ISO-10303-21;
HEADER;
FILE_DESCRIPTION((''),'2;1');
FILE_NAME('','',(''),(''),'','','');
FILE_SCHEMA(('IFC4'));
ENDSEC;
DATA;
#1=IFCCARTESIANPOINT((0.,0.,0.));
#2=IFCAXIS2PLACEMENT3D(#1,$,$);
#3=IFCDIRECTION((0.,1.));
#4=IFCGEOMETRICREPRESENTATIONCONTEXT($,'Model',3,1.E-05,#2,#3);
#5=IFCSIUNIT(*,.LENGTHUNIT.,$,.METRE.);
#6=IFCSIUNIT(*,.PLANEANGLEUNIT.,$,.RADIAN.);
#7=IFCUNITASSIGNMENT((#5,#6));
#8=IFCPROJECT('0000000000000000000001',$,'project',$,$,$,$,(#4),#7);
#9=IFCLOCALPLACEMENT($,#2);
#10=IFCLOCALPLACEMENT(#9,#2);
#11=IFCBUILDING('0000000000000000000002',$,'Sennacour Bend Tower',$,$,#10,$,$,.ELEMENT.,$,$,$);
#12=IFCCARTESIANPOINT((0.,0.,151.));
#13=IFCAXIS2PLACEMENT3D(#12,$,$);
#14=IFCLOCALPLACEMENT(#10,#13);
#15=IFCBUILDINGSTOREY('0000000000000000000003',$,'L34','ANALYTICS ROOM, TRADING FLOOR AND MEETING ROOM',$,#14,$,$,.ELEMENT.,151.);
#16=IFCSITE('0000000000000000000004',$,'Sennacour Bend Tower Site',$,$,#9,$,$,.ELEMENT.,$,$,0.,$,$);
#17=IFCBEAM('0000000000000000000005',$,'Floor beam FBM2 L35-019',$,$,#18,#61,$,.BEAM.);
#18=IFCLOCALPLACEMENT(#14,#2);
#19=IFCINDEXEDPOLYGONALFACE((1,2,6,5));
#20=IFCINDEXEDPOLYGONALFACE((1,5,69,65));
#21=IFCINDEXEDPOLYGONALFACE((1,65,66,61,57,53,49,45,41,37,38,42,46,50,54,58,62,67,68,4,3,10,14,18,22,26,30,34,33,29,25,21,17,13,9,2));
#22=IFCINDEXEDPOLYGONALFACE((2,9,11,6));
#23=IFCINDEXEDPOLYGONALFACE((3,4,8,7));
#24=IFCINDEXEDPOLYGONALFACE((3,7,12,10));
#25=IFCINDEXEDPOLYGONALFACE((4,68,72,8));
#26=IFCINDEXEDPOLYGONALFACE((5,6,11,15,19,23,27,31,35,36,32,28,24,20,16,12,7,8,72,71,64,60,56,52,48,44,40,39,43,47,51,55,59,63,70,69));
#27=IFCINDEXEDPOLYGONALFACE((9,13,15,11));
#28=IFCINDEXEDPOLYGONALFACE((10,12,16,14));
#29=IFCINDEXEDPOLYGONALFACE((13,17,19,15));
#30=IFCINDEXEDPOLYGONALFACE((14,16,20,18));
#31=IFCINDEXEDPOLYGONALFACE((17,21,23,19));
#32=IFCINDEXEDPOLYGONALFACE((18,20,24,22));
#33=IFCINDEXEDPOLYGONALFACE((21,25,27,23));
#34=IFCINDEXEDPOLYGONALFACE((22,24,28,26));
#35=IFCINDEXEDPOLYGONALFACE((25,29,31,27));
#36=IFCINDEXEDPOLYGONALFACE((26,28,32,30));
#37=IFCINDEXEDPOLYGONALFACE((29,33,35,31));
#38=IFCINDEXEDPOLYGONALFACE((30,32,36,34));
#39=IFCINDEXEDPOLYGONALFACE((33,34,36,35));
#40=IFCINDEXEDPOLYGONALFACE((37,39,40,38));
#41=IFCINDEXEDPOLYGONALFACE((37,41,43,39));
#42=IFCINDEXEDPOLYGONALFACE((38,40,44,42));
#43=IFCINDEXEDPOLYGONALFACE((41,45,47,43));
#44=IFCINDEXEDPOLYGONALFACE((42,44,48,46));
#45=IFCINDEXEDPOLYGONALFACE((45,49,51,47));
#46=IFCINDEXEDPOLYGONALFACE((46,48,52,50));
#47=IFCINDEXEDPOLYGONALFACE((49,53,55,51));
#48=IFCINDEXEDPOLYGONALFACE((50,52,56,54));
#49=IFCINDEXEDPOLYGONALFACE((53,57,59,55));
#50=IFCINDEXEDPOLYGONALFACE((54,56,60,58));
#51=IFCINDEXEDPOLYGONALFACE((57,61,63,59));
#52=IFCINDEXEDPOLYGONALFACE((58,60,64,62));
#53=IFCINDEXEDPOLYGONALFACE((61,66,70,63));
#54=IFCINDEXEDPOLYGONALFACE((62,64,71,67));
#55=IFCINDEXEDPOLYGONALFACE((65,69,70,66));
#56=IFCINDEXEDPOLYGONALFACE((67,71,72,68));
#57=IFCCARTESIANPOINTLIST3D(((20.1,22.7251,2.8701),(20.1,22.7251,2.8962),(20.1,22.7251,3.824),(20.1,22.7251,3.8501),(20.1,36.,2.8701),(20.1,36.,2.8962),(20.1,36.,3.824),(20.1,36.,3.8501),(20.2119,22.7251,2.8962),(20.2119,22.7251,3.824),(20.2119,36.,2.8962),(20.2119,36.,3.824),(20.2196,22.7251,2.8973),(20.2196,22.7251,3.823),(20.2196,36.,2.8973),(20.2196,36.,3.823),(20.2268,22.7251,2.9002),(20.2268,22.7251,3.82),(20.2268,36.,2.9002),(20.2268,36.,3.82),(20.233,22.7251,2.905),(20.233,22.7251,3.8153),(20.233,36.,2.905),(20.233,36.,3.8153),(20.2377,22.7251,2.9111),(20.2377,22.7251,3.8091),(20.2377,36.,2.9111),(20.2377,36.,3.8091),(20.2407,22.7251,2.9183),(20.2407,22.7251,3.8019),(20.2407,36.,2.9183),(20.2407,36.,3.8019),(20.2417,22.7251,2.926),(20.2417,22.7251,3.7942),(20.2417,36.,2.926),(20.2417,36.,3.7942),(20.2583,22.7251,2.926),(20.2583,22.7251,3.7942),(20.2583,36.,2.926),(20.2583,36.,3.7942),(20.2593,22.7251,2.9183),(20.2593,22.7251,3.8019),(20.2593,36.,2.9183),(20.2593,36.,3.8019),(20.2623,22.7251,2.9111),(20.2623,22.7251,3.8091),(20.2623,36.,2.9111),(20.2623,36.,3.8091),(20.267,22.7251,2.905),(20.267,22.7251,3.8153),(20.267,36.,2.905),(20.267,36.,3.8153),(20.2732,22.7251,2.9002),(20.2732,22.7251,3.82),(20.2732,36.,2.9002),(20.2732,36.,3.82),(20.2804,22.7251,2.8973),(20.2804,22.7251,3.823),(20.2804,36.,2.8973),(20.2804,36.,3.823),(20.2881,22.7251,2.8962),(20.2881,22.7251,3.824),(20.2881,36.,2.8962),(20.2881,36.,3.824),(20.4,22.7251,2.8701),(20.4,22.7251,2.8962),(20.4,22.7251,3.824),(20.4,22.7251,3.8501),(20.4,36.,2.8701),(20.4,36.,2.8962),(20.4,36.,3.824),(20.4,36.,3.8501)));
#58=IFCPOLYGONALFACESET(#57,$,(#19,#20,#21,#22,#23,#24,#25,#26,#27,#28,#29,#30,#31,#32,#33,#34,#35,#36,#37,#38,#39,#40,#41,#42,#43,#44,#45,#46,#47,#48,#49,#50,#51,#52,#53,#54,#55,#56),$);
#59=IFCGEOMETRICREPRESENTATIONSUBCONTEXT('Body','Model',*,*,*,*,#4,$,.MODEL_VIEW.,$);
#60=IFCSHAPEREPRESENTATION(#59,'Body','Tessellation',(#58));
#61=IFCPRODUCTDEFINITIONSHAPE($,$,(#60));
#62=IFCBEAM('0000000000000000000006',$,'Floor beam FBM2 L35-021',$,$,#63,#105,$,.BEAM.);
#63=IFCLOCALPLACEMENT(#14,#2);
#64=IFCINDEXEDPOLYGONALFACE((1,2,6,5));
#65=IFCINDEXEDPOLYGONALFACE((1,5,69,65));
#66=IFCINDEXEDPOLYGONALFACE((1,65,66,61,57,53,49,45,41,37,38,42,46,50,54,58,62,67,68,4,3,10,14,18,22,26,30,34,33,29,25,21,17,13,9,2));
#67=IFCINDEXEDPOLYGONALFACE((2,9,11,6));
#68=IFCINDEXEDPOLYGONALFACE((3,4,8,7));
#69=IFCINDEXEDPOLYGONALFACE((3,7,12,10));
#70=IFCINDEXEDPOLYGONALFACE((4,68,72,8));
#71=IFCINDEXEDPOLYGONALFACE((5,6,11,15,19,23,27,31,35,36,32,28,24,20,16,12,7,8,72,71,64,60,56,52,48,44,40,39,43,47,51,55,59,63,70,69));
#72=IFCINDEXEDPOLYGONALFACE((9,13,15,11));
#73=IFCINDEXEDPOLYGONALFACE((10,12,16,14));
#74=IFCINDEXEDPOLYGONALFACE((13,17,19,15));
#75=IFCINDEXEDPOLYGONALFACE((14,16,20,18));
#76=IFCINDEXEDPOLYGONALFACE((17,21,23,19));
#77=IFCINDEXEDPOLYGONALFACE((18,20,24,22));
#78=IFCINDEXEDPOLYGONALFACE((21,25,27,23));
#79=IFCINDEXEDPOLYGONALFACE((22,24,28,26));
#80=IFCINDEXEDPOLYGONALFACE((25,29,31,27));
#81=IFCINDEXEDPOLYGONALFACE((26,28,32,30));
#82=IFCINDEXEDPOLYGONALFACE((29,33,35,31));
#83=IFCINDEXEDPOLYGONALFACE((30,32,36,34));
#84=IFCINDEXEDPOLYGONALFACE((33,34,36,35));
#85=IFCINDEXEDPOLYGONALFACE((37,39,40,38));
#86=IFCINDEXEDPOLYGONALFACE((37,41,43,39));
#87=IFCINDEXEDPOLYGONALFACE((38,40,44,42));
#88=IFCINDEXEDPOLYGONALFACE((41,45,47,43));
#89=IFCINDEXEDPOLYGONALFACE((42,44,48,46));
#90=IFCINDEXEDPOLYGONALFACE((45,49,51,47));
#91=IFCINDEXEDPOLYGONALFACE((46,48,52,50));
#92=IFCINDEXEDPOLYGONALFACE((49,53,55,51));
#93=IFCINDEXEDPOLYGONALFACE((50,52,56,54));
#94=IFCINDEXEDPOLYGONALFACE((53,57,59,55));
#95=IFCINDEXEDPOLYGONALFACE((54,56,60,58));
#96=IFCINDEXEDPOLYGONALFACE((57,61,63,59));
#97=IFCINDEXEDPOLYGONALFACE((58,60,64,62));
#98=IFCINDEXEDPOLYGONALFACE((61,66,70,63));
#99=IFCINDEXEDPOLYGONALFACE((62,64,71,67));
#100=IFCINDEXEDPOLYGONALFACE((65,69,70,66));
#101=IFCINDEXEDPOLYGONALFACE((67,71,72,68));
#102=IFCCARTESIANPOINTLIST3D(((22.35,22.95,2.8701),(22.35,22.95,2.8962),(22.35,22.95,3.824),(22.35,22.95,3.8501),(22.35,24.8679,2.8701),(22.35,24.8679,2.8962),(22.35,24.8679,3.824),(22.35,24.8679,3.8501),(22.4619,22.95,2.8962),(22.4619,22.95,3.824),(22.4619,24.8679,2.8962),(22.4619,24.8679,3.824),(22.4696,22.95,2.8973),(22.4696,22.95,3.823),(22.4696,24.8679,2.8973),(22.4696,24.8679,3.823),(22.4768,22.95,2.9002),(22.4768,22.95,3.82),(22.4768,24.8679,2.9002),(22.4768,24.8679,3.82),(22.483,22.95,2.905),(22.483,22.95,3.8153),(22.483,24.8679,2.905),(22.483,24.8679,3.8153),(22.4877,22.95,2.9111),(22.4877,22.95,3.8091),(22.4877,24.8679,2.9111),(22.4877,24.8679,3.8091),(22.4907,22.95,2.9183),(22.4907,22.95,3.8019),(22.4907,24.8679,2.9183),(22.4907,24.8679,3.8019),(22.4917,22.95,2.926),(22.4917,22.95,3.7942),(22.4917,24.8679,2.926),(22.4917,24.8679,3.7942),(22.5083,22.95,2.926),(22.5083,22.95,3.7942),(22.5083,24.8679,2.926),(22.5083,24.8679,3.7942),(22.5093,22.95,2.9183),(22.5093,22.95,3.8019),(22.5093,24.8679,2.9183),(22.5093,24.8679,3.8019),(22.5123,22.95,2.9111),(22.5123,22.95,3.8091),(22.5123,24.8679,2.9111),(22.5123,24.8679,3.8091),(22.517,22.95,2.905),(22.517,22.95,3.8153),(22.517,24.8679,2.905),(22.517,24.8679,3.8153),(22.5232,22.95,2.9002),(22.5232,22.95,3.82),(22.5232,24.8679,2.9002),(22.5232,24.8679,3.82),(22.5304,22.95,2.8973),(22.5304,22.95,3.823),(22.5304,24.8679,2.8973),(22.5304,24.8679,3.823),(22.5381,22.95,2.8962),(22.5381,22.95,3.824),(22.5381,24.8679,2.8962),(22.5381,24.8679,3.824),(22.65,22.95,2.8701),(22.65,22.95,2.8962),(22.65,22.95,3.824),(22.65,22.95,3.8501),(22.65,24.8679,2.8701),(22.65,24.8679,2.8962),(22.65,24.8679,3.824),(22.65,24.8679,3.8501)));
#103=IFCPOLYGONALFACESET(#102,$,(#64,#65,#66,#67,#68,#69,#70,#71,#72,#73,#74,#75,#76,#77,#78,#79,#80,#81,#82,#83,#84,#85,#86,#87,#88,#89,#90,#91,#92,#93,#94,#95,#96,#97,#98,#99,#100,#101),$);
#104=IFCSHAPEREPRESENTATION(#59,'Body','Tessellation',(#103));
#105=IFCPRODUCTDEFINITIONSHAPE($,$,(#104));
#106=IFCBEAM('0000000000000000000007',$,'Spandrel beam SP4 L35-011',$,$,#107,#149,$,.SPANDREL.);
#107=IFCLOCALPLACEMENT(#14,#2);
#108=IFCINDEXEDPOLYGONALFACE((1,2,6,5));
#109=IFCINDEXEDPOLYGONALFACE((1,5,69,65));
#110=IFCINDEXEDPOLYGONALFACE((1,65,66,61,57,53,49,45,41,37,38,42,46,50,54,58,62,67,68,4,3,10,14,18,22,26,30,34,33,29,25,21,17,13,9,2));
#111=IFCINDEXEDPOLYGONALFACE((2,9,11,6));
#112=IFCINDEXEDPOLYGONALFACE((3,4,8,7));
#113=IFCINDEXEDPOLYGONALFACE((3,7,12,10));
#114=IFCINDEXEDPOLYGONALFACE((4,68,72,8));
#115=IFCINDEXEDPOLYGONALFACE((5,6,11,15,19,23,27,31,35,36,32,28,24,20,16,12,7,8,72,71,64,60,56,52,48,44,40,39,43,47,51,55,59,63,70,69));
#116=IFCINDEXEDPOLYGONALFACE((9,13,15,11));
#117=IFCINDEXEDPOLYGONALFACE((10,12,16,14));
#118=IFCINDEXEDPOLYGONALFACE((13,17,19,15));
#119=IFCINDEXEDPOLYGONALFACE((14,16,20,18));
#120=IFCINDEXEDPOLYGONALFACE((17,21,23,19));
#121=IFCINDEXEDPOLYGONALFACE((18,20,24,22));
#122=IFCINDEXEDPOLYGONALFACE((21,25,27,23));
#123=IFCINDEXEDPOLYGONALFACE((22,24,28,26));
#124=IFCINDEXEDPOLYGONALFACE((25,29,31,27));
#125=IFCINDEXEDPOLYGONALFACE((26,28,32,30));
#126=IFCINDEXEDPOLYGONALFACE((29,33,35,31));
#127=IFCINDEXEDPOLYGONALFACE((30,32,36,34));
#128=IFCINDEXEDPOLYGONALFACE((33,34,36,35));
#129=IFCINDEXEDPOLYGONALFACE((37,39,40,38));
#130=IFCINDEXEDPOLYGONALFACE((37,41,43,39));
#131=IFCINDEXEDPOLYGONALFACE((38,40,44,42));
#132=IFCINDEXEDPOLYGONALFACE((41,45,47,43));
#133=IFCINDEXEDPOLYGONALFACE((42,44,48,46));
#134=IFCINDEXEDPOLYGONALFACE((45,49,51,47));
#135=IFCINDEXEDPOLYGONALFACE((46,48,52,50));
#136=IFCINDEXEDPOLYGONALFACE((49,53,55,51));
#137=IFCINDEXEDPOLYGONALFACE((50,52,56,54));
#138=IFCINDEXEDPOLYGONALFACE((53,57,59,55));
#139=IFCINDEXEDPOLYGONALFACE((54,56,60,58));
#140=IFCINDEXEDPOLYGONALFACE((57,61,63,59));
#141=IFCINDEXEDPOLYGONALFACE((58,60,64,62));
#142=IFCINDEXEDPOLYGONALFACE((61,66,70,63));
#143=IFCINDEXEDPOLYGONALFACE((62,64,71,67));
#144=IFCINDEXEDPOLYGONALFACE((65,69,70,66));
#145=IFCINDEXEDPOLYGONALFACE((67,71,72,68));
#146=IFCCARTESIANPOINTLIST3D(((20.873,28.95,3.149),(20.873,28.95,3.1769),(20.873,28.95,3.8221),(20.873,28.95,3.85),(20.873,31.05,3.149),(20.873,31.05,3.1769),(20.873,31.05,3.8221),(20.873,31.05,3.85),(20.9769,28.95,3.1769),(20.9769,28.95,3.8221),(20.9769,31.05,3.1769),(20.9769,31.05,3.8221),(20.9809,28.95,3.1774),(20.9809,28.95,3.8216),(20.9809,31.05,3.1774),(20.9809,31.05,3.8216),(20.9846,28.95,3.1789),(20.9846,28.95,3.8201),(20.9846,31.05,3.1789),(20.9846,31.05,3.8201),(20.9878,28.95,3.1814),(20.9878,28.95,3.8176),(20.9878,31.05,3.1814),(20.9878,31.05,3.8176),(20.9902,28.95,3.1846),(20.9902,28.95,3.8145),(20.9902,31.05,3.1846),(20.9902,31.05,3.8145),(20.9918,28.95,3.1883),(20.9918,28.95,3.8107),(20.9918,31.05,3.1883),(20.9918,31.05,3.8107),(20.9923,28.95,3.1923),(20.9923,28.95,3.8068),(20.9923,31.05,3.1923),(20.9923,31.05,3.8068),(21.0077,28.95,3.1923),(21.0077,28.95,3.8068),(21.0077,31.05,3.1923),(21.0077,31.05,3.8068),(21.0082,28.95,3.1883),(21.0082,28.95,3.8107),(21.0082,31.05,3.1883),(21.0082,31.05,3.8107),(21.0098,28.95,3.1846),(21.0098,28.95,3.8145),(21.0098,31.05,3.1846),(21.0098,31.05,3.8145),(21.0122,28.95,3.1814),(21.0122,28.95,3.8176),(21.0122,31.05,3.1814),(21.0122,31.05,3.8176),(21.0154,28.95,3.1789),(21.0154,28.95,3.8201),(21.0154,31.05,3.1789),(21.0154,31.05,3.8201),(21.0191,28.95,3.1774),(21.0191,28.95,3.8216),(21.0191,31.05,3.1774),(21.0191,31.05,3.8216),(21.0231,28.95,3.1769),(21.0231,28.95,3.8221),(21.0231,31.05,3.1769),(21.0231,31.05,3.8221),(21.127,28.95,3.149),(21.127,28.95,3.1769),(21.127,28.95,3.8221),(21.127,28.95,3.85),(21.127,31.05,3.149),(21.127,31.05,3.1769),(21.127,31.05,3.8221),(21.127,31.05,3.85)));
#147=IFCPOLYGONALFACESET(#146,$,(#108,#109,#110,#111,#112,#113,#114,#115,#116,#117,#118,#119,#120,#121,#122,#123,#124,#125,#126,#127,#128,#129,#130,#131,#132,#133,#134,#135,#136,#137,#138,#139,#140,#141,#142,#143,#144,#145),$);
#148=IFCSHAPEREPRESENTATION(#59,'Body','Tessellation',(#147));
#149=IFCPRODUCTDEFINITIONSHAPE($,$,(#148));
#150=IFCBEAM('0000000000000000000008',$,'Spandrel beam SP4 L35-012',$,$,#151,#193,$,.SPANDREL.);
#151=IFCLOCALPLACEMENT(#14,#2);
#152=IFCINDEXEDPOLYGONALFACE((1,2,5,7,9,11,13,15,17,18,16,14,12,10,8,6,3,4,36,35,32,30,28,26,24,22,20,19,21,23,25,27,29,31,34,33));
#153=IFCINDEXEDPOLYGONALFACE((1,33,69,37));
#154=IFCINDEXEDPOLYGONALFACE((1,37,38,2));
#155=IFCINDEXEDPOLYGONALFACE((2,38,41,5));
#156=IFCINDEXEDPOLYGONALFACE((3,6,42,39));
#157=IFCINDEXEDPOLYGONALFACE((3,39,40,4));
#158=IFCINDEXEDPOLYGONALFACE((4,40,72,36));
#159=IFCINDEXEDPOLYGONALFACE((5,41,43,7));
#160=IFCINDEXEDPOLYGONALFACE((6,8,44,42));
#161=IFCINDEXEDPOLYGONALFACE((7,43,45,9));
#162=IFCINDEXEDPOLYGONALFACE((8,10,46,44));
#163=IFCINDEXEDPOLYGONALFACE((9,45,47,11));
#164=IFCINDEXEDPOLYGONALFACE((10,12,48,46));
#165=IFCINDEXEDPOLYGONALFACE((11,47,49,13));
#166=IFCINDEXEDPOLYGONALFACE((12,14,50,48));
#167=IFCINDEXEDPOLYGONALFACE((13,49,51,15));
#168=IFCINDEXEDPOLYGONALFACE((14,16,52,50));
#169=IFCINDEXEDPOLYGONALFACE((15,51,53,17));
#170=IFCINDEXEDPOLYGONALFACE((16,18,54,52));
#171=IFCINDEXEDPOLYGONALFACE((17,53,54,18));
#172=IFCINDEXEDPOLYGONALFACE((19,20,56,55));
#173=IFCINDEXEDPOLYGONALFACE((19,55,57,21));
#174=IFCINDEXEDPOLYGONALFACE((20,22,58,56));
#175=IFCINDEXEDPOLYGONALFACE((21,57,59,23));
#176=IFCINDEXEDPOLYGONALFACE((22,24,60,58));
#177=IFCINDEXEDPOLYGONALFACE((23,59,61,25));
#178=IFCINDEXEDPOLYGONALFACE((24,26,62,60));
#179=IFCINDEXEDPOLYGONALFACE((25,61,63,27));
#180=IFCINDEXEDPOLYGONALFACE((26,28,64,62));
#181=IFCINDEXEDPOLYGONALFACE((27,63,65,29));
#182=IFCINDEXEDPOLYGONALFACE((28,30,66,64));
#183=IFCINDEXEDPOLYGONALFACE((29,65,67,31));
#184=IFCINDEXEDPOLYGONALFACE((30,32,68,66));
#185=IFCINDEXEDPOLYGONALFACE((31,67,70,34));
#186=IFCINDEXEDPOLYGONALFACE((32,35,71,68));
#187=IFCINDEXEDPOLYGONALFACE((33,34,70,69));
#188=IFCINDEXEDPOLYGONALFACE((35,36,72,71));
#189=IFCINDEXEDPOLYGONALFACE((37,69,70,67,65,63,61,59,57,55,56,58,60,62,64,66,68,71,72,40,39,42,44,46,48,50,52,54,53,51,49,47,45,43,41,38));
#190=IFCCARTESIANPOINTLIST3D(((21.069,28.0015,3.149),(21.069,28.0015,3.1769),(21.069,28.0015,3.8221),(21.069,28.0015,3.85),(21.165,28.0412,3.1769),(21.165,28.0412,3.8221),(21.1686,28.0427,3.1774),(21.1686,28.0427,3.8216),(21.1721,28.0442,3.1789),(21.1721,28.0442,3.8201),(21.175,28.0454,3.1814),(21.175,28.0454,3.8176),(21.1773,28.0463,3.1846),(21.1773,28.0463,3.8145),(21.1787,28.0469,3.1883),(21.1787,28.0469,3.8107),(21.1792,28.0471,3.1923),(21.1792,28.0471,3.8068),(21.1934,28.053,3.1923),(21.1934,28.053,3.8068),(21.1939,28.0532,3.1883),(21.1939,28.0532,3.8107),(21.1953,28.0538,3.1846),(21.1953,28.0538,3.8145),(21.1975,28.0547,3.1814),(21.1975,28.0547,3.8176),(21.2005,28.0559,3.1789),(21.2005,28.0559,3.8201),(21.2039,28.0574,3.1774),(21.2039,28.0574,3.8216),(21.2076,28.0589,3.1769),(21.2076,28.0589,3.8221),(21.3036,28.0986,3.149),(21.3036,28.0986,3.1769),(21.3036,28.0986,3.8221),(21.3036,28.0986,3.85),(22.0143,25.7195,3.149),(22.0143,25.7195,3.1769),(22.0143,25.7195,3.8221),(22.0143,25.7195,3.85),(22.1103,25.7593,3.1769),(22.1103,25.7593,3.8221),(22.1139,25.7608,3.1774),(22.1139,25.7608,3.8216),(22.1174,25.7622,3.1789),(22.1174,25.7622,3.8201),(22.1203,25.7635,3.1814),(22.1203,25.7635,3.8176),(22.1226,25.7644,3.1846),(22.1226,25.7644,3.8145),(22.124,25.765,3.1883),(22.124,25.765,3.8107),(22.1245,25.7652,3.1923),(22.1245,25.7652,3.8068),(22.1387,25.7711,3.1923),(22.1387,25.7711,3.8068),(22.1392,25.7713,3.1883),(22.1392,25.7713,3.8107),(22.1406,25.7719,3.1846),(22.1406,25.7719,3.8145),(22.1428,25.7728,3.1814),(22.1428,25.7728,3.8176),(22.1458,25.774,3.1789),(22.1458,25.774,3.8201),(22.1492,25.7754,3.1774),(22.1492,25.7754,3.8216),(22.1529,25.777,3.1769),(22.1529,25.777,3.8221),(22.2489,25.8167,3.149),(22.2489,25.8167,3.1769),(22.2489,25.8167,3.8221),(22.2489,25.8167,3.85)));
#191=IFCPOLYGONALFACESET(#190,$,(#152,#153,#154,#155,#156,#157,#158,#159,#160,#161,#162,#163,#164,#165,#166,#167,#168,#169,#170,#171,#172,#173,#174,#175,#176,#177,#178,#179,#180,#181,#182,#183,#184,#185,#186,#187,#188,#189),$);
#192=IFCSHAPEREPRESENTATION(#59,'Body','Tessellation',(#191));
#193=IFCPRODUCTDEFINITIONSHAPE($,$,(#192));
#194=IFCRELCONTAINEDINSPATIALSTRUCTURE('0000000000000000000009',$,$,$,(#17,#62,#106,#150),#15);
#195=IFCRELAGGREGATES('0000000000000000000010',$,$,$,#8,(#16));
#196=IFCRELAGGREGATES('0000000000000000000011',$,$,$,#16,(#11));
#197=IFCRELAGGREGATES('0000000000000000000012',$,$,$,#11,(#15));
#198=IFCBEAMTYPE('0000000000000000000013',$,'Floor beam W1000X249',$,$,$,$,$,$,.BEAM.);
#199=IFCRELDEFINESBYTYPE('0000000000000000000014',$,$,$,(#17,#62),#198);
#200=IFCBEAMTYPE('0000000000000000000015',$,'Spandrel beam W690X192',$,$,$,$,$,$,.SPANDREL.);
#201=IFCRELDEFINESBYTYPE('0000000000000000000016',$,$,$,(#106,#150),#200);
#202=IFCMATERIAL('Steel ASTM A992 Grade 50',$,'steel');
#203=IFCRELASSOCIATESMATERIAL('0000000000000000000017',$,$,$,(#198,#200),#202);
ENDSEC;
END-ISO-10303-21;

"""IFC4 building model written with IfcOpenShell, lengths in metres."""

from ifc_helpers import new_model, si_unit, direction, frame, origin, origin_2d, place, context, subcontext, project, spatial, i_section, extrude, material, material_profile, profile_set, type_object, element, save


model = new_model("IFC4")

# Units and contexts
model_context = context("Model", 3, precision=1e-05, world=origin(), true_north=direction((0.0, 1.0)))
body_context = subcontext(model_context, "Body", "Model", "MODEL_VIEW")
ifc_project = project(units=[si_unit("LENGTHUNIT", "METRE"), si_unit("PLANEANGLEUNIT", "RADIAN")], contexts=[model_context])

# Site, building, storey
site_placement = place(None, origin())
site = spatial("IfcSite", under=ifc_project, at=site_placement, Name="Sennacour Bend Tower Site", CompositionType="ELEMENT", RefElevation=0.0)
building_placement = place(site_placement, origin())
building = spatial("IfcBuilding", under=site, at=building_placement, Name="Sennacour Bend Tower", CompositionType="ELEMENT")
storey_placement = place(building_placement, frame((0.0, 0.0, 151.0)))
storey = spatial("IfcBuildingStorey", under=building, at=storey_placement, Name="L34", Description="ANALYTICS ROOM, TRADING FLOOR AND MEETING ROOM", CompositionType="ELEMENT", Elevation=151.0)

# Beams
ifc_material_1 = material(Name="Steel ASTM A992 Grade 50", Category="steel")
ifc_material_profile_1 = material_profile(ifc_material_1, i_section(OverallWidth=0.3, OverallDepth=0.98, WebThickness=0.0166, FlangeThickness=0.0261, FilletRadius=0.0298, at=origin_2d()), Name="Steel ASTM A992 Grade 50", Category="steel")
ifc_profile_set_1 = profile_set([ifc_material_profile_1], Name="Steel ASTM A992 Grade 50")
beam_type_1 = type_object("IfcBeamType", Name="Floor beam W1000X249", PredefinedType="BEAM", material=ifc_profile_set_1)
for number, where, z_axis, x_axis, name in (
    (1, (20.25, 22.7251, 3.3601), (0.0, 1.0, 0.0), (-1.0, 0.0, 0.0), "Floor beam FBM2 L35-019"),
):
    element("IfcBeam", number, at=place(storey_placement, frame(where, z_axis=z_axis, x_axis=x_axis)), inside=storey, type_object=beam_type_1, Name=name, PredefinedType="BEAM", context=body_context, shape_type="SweptSolid", body=[
        extrude(i_section(OverallWidth=0.3, OverallDepth=0.98, WebThickness=0.0166, FlangeThickness=0.0261, FilletRadius=0.0298, at=origin_2d()), origin(), (0.0, 0.0, 1.0), 13.2749),
    ])
beam_1_placement = place(storey_placement, frame((22.5, 22.95, 3.3601), z_axis=(0.0, 1.0, 0.0), x_axis=(-1.0, 0.0, 0.0)))
element("IfcBeam", 2, at=beam_1_placement, inside=storey, type_object=beam_type_1, Name="Floor beam FBM2 L35-021", PredefinedType="BEAM", context=body_context, shape_type="SweptSolid", body=[
    extrude(i_section(OverallWidth=0.3, OverallDepth=0.98, WebThickness=0.0166, FlangeThickness=0.0261, FilletRadius=0.0298, at=origin_2d()), origin(), (0.0, 0.0, 1.0), 1.918),
])
ifc_material_profile_2 = material_profile(ifc_material_1, i_section(OverallWidth=0.2539, OverallDepth=0.7009, WebThickness=0.0154, FlangeThickness=0.0278, FilletRadius=0.0154, at=origin_2d()), Name="Steel ASTM A992 Grade 50", Category="steel")
ifc_profile_set_2 = profile_set([ifc_material_profile_2], Name="Steel ASTM A992 Grade 50")
beam_type_2 = type_object("IfcBeamType", Name="Spandrel beam W690X192", PredefinedType="SPANDREL", material=ifc_profile_set_2)
beam_2_placement = place(storey_placement, frame((21.0, 31.05, 3.4995), z_axis=(0.0, -1.0, 0.0), x_axis=(1.0, 0.0, 0.0)))
element("IfcBeam", 3, at=beam_2_placement, inside=storey, type_object=beam_type_2, Name="Spandrel beam SP4 L35-011", PredefinedType="SPANDREL", context=body_context, shape_type="SweptSolid", body=[
    extrude(i_section(OverallWidth=0.2539, OverallDepth=0.7009, WebThickness=0.0154, FlangeThickness=0.0278, FilletRadius=0.0154, at=origin_2d()), origin(), (0.0, 0.0, 1.0), 2.1001),
])
for number, where, z_axis, x_axis, name in (
    (4, (21.1863, 28.05, 3.4995), (0.382713, -0.923867, 0.0), (0.923867, 0.382713, 0.0), "Spandrel beam SP4 L35-012"),
):
    element("IfcBeam", number, at=place(storey_placement, frame(where, z_axis=z_axis, x_axis=x_axis)), inside=storey, type_object=beam_type_2, Name=name, PredefinedType="SPANDREL", context=body_context, shape_type="SweptSolid", body=[
        extrude(i_section(OverallWidth=0.2539, OverallDepth=0.7009, WebThickness=0.0154, FlangeThickness=0.0278, FilletRadius=0.0154, at=origin_2d()), origin(), (0.0, 0.0, 1.0), 2.47),
    ])

save(model, "model.ifc")
